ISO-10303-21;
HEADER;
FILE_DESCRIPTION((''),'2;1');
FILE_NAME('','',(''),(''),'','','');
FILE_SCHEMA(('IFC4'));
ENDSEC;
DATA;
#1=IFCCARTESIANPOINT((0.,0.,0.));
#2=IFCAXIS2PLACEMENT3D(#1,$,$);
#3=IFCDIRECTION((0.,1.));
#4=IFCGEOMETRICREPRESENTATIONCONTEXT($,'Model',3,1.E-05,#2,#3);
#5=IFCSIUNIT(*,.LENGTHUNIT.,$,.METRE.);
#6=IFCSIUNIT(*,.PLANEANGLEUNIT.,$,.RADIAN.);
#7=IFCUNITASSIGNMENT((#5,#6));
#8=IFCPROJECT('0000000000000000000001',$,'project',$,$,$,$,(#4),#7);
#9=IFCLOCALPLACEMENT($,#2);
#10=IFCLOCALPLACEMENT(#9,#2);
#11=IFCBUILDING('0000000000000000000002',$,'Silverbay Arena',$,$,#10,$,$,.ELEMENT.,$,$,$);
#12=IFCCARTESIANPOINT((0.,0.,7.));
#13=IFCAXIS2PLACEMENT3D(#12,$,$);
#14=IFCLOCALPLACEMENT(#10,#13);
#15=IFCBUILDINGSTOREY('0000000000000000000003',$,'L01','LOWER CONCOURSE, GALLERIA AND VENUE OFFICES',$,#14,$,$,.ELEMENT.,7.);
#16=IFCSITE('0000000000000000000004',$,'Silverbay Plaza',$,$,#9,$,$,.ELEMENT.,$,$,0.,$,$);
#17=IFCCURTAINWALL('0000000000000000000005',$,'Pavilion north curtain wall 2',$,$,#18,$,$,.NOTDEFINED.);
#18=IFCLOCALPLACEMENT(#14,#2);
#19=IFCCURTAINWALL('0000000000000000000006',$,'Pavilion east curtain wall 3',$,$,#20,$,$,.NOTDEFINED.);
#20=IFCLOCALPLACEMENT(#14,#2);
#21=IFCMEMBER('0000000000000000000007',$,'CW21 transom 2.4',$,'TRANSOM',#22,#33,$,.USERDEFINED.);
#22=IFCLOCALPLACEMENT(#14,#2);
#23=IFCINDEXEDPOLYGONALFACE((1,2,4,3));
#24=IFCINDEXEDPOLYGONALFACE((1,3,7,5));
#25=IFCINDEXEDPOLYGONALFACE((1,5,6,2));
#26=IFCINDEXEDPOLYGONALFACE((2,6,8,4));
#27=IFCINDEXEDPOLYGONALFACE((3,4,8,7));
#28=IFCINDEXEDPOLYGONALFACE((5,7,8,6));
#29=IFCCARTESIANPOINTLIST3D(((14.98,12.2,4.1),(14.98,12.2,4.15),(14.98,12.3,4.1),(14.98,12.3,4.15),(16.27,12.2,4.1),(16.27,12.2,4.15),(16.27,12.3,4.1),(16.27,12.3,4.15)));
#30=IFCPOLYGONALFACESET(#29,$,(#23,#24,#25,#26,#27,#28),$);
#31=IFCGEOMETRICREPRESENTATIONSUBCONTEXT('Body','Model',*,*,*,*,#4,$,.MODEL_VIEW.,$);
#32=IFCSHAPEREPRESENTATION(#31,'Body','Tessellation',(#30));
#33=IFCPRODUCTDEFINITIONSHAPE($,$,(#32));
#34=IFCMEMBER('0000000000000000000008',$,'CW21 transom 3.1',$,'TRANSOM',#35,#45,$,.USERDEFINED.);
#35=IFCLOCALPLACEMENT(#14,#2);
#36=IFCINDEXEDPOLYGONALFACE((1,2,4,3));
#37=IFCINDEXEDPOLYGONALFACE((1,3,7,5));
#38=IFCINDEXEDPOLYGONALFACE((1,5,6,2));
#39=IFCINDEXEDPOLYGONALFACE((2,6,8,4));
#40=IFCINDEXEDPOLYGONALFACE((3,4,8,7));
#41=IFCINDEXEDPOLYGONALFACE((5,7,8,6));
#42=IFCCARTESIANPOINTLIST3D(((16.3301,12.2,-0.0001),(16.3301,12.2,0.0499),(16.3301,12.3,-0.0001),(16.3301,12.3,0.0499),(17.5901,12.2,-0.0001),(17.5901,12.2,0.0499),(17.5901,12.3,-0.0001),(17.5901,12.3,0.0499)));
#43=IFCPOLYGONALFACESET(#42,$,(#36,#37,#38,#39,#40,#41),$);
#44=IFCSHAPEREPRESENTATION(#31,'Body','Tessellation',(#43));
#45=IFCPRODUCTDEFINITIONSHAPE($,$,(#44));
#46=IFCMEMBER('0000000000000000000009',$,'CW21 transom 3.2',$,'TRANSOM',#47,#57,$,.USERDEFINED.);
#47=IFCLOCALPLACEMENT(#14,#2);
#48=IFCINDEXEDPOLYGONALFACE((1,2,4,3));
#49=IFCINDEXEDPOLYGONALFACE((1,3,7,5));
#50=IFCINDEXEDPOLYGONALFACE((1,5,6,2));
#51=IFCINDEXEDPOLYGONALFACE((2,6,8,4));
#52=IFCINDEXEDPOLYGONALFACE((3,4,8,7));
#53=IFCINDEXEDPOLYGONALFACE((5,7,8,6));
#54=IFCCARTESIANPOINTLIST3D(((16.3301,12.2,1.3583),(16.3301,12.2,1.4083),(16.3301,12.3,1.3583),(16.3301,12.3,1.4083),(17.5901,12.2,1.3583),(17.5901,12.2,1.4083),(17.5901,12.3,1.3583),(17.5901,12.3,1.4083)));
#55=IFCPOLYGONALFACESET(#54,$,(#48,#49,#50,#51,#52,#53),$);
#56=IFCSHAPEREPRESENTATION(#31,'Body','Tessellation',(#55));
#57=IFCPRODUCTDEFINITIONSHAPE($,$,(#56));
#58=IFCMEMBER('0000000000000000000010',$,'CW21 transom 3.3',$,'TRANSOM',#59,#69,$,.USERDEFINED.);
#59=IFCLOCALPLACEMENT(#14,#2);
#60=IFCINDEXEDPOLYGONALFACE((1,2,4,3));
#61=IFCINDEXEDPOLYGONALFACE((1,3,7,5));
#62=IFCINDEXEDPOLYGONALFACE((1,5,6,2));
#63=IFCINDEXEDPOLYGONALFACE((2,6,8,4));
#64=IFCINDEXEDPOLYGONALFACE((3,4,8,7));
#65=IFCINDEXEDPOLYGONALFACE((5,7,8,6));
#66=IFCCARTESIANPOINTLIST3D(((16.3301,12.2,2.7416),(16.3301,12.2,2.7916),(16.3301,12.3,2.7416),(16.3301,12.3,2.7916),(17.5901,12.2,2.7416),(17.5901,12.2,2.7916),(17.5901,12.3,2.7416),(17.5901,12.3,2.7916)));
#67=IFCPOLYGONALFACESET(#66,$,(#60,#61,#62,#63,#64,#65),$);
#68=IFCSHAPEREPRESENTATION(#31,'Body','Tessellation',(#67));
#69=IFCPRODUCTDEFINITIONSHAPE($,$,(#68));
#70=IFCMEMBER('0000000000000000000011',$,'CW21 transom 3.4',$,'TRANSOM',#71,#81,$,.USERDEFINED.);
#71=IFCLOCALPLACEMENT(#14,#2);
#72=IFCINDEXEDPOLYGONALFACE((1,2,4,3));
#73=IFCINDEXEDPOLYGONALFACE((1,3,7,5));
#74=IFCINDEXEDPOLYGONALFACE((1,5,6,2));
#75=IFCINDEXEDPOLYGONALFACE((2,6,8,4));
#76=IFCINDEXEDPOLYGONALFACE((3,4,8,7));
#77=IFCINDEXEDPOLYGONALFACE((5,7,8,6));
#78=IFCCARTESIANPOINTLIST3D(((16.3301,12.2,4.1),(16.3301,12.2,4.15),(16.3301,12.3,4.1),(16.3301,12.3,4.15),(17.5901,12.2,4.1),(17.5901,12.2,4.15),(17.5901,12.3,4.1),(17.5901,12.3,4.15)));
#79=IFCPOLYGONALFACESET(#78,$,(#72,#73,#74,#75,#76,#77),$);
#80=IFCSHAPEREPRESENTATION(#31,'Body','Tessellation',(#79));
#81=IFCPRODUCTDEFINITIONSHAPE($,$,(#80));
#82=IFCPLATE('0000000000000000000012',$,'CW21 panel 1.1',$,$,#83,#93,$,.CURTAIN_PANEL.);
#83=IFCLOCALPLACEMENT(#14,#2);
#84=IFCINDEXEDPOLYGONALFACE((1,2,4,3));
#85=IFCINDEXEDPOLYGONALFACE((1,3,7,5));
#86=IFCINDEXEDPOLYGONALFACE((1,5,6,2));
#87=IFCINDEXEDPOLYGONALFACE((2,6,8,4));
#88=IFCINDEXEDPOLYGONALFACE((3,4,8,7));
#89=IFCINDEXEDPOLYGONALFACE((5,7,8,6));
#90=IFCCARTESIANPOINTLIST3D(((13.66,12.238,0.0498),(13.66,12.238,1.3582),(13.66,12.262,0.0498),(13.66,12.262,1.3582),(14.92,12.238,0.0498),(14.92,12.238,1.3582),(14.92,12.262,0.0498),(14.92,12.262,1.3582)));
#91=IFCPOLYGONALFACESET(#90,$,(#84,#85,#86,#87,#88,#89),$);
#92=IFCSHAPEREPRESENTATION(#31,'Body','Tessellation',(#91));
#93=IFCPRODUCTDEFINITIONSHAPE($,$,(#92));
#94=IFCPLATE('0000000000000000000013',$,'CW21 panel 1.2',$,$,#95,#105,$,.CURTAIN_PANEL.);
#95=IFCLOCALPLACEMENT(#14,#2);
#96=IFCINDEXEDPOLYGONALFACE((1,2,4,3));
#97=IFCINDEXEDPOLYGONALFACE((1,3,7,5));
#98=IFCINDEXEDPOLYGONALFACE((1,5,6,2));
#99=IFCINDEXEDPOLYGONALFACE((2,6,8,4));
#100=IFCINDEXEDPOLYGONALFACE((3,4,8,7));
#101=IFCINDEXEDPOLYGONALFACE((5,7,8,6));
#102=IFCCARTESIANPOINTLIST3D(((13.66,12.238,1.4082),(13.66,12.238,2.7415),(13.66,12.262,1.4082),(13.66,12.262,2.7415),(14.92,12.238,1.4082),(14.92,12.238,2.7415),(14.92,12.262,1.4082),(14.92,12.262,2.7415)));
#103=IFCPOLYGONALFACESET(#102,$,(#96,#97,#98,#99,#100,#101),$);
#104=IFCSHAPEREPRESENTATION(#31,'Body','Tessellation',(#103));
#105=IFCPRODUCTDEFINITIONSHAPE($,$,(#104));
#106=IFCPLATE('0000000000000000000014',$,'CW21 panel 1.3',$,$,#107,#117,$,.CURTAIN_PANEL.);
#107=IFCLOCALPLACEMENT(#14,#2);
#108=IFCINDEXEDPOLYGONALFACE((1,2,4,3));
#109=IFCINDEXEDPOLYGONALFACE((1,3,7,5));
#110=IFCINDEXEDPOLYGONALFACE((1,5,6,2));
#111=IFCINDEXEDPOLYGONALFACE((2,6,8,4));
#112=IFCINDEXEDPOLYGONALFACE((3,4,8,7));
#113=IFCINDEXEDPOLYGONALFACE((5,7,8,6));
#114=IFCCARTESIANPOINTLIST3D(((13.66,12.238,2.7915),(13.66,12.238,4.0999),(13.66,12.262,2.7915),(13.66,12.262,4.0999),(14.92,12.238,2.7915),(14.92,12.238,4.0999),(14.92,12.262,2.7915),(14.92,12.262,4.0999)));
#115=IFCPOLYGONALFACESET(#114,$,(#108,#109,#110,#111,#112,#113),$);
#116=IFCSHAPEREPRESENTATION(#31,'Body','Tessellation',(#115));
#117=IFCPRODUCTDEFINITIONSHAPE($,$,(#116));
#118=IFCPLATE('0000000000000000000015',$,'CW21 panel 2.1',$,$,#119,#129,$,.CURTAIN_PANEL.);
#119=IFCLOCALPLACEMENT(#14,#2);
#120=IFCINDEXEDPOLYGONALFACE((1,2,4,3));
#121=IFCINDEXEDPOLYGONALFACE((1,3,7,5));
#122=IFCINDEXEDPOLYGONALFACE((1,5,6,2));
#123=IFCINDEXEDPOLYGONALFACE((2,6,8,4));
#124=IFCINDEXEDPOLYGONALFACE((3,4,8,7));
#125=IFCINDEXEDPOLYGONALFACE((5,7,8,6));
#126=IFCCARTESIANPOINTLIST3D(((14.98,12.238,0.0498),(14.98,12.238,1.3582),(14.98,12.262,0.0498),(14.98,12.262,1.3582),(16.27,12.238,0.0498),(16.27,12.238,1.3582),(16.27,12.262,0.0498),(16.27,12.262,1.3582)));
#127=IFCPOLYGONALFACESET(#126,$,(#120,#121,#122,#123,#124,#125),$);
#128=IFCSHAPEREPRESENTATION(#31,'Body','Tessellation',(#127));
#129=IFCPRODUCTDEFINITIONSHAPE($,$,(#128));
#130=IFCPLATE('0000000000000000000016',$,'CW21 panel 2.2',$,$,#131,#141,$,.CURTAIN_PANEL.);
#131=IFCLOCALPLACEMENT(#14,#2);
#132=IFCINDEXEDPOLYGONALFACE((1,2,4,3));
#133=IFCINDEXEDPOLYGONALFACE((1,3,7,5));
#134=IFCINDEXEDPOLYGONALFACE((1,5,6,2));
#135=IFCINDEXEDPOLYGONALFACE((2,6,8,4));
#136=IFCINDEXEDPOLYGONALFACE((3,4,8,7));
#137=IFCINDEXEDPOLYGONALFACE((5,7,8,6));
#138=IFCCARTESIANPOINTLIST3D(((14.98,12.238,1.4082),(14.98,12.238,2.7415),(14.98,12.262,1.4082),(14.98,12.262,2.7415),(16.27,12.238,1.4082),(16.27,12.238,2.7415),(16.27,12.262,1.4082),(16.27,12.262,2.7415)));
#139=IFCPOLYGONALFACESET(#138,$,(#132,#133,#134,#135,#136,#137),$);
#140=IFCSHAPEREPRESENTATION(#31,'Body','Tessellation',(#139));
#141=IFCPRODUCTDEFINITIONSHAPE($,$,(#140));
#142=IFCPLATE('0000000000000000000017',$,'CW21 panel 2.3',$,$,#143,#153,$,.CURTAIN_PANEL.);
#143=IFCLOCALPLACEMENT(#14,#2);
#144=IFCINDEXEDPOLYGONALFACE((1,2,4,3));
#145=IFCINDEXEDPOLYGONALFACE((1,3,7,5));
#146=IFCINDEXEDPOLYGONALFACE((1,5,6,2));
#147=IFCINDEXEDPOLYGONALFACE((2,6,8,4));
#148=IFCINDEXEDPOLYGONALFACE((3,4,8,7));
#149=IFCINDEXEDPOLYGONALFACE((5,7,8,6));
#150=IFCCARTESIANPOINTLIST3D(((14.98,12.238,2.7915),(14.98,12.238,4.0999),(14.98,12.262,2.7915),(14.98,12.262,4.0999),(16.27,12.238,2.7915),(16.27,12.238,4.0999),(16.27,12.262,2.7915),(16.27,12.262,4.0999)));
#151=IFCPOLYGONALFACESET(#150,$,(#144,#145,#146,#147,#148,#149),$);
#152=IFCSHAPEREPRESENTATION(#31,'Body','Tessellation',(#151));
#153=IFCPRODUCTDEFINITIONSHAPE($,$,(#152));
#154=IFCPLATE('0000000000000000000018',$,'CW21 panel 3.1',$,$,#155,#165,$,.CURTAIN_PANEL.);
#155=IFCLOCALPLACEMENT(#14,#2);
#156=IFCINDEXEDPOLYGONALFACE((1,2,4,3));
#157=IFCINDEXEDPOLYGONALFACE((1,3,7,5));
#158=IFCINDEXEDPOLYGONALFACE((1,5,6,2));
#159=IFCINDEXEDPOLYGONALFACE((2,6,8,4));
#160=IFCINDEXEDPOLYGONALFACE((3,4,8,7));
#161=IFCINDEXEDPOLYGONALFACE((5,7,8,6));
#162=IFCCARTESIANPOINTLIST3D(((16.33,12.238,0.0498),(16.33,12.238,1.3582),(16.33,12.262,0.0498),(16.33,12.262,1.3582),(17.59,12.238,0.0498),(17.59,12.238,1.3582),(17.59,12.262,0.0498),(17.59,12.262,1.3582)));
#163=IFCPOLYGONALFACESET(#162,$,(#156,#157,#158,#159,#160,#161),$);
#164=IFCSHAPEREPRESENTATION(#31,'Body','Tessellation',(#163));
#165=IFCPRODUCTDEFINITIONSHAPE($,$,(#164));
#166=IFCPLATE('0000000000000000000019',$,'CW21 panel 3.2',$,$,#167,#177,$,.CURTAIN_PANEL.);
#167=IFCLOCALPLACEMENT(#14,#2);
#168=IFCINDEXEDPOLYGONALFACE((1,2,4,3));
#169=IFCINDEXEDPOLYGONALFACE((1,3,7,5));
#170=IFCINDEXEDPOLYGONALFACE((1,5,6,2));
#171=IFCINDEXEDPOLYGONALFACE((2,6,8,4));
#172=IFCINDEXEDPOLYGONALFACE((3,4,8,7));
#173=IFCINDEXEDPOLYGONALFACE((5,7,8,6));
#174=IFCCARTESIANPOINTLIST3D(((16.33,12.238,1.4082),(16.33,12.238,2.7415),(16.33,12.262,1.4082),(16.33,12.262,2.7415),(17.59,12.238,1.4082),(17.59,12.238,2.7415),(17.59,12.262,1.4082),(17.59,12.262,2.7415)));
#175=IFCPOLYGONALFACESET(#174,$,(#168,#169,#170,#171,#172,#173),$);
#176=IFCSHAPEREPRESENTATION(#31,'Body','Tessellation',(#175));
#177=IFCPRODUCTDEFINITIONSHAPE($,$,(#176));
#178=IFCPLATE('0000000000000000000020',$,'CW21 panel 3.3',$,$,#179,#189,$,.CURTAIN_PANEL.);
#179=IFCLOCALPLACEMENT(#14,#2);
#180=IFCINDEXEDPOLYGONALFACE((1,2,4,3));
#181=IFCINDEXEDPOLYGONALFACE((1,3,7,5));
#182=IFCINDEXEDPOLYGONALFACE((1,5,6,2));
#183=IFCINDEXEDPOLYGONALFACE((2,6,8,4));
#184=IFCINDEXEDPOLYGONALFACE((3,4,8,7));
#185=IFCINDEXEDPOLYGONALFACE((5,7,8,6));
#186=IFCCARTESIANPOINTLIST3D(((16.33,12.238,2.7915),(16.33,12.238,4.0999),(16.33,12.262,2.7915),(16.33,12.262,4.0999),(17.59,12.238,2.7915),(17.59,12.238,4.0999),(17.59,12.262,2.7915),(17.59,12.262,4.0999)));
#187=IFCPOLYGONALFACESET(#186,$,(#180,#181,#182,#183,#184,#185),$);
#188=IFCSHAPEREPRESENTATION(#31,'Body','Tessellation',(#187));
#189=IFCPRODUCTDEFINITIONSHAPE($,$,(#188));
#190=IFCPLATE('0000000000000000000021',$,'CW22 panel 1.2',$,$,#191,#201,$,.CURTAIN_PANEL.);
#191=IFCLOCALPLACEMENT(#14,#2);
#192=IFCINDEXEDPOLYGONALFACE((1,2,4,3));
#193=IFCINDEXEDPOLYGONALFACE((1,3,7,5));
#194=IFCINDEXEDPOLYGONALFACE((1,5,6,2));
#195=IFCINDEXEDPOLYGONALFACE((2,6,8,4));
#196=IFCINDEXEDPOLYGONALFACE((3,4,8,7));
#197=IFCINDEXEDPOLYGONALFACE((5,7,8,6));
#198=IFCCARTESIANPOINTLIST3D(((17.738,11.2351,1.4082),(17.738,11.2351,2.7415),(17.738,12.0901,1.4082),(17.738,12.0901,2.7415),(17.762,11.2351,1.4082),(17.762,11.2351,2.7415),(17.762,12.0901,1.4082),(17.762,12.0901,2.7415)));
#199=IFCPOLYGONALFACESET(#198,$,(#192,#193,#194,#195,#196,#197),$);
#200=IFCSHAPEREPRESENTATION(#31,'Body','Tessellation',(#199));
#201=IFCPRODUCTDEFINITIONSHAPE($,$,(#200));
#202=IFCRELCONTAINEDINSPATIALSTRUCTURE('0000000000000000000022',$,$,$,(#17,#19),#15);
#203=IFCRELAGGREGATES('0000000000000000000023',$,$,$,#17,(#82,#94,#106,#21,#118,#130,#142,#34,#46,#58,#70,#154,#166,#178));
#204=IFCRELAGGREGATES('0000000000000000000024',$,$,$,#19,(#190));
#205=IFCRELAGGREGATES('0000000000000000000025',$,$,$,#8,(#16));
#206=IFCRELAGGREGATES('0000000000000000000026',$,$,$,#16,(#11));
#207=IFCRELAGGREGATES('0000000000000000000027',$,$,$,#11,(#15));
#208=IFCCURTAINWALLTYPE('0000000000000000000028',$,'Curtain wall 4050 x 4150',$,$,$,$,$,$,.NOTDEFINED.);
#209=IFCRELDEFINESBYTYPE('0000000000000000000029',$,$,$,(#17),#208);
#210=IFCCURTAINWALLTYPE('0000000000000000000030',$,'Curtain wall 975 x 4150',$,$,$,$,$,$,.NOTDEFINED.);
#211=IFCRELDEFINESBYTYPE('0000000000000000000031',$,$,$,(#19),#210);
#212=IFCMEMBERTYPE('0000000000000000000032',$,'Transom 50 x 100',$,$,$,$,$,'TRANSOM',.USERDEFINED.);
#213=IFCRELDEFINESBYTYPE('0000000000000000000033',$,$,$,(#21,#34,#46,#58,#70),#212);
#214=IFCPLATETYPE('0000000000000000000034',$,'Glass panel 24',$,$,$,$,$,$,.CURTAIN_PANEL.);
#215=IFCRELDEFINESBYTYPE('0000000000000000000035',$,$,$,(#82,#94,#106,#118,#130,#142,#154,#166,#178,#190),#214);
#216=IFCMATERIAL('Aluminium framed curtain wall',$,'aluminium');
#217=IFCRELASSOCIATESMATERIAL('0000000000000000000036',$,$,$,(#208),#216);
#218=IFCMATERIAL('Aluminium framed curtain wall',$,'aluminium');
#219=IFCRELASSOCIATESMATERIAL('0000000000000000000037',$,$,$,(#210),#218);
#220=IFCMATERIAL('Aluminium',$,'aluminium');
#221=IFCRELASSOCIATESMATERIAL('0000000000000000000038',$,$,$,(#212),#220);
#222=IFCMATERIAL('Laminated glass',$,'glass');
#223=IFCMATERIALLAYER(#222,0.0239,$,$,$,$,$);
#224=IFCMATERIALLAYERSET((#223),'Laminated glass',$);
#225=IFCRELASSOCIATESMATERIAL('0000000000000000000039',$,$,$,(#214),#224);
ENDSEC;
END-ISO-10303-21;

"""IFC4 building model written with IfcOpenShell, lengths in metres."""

from ifc_helpers import new_model, si_unit, direction, frame, origin, origin_2d, place, context, subcontext, project, spatial, rectangle, extrude, material, layer, layer_set, material_profile, profile_set, type_object, element, aggregate, save


model = new_model("IFC4")

# Units and contexts
model_context = context("Model", 3, precision=1e-05, world=origin(), true_north=direction((0.0, 1.0)))
body_context = subcontext(model_context, "Body", "Model", "MODEL_VIEW")
ifc_project = project(units=[si_unit("LENGTHUNIT", "METRE"), si_unit("PLANEANGLEUNIT", "RADIAN")], contexts=[model_context])

# Site, building, storey
site_placement = place(None, origin())
site = spatial("IfcSite", under=ifc_project, at=site_placement, Name="Silverbay Plaza", CompositionType="ELEMENT", RefElevation=0.0)
building_placement = place(site_placement, origin())
building = spatial("IfcBuilding", under=site, at=building_placement, Name="Silverbay Arena", CompositionType="ELEMENT")
storey_placement = place(building_placement, frame((0.0, 0.0, 7.0)))
storey = spatial("IfcBuildingStorey", under=building, at=storey_placement, Name="L01", Description="LOWER CONCOURSE, GALLERIA AND VENUE OFFICES", CompositionType="ELEMENT", Elevation=7.0)

# Curtain wall
ifc_material_1 = material(Name="Aluminium framed curtain wall", Category="aluminium")
curtain_wall_type_1 = type_object("IfcCurtainWallType", Name="Curtain wall 4050 x 4150", PredefinedType="NOTDEFINED", material=ifc_material_1)
curtain_wall_1_placement = place(storey_placement, origin())
curtain_wall_1 = element("IfcCurtainWall", 1, at=curtain_wall_1_placement, inside=storey, type_object=curtain_wall_type_1, Name="Pavilion north curtain wall 2", PredefinedType="NOTDEFINED")

# Curtain wall
ifc_material_2 = material(Name="Aluminium framed curtain wall", Category="aluminium")
curtain_wall_type_2 = type_object("IfcCurtainWallType", Name="Curtain wall 975 x 4150", PredefinedType="NOTDEFINED", material=ifc_material_2)
curtain_wall_2_placement = place(storey_placement, origin())
curtain_wall_2 = element("IfcCurtainWall", 2, at=curtain_wall_2_placement, inside=storey, type_object=curtain_wall_type_2, Name="Pavilion east curtain wall 3", PredefinedType="NOTDEFINED")

# Members
ifc_material_3 = material(Name="Aluminium", Category="aluminium")
ifc_material_profile_1 = material_profile(ifc_material_3, rectangle(XDim=0.1001, YDim=0.05, at=origin_2d()), Name="Transom 50 x 100")
ifc_profile_set_1 = profile_set([ifc_material_profile_1], Name="Aluminium")
member_type_1 = type_object("IfcMemberType", Name="Transom 50 x 100", ElementType="TRANSOM", PredefinedType="USERDEFINED", material=ifc_profile_set_1)
member_1_placement = place(storey_placement, frame((14.98, 12.25, 4.125), z_axis=(1.0, 0.0, 0.0), x_axis=(0.0, 1.0, 0.0)))
member_1 = element("IfcMember", 3, at=member_1_placement, type_object=member_type_1, Name="CW21 transom 2.4", ObjectType="TRANSOM", PredefinedType="USERDEFINED", context=body_context, shape_type="SweptSolid", body=[
    extrude(rectangle(XDim=0.1001, YDim=0.05, at=origin_2d()), origin(), (0.0, 0.0, 1.0), 1.29),
])
member_2_placement = place(storey_placement, frame((16.3301, 12.25, 0.0249), z_axis=(1.0, 0.0, 0.0), x_axis=(0.0, 1.0, 0.0)))
member_2 = element("IfcMember", 4, at=member_2_placement, type_object=member_type_1, Name="CW21 transom 3.1", ObjectType="TRANSOM", PredefinedType="USERDEFINED", context=body_context, shape_type="SweptSolid", body=[
    extrude(rectangle(XDim=0.1001, YDim=0.05, at=origin_2d()), origin(), (0.0, 0.0, 1.0), 1.26),
])
member_3_placement = place(storey_placement, frame((16.3301, 12.25, 1.3833), z_axis=(1.0, 0.0, 0.0), x_axis=(0.0, 1.0, 0.0)))
member_3 = element("IfcMember", 5, at=member_3_placement, type_object=member_type_1, Name="CW21 transom 3.2", ObjectType="TRANSOM", PredefinedType="USERDEFINED", context=body_context, shape_type="SweptSolid", body=[
    extrude(rectangle(XDim=0.1001, YDim=0.05, at=origin_2d()), origin(), (0.0, 0.0, 1.0), 1.26),
])
member_4_placement = place(storey_placement, frame((16.3301, 12.25, 2.7666), z_axis=(1.0, 0.0, 0.0), x_axis=(0.0, 1.0, 0.0)))
member_4 = element("IfcMember", 6, at=member_4_placement, type_object=member_type_1, Name="CW21 transom 3.3", ObjectType="TRANSOM", PredefinedType="USERDEFINED", context=body_context, shape_type="SweptSolid", body=[
    extrude(rectangle(XDim=0.1001, YDim=0.05, at=origin_2d()), origin(), (0.0, 0.0, 1.0), 1.26),
])
member_5_placement = place(storey_placement, frame((16.3301, 12.25, 4.125), z_axis=(1.0, 0.0, 0.0), x_axis=(0.0, 1.0, 0.0)))
member_5 = element("IfcMember", 7, at=member_5_placement, type_object=member_type_1, Name="CW21 transom 3.4", ObjectType="TRANSOM", PredefinedType="USERDEFINED", context=body_context, shape_type="SweptSolid", body=[
    extrude(rectangle(XDim=0.1001, YDim=0.05, at=origin_2d()), origin(), (0.0, 0.0, 1.0), 1.26),
])

# Plates
ifc_material_4 = material(Name="Laminated glass", Category="glass")
ifc_layer = layer(ifc_material_4, 0.0239)
ifc_layer_set = layer_set([ifc_layer], Name="Laminated glass")
plate_type = type_object("IfcPlateType", Name="Glass panel 24", PredefinedType="CURTAIN_PANEL", material=ifc_layer_set)
plate_1_placement = place(storey_placement, frame((14.29, 12.25, 0.0498), z_axis=(0.0, 0.0, 1.0), x_axis=(1.0, 0.0, 0.0)))
plate_1 = element("IfcPlate", 8, at=plate_1_placement, type_object=plate_type, Name="CW21 panel 1.1", PredefinedType="CURTAIN_PANEL", context=body_context, shape_type="SweptSolid", body=[
    extrude(rectangle(XDim=1.26, YDim=0.0239, at=origin_2d()), origin(), (0.0, 0.0, 1.0), 1.3083),
])
plate_2_placement = place(storey_placement, frame((14.29, 12.25, 1.4082), z_axis=(0.0, 0.0, 1.0), x_axis=(1.0, 0.0, 0.0)))
plate_2 = element("IfcPlate", 9, at=plate_2_placement, type_object=plate_type, Name="CW21 panel 1.2", PredefinedType="CURTAIN_PANEL", context=body_context, shape_type="SweptSolid", body=[
    extrude(rectangle(XDim=1.26, YDim=0.0239, at=origin_2d()), origin(), (0.0, 0.0, 1.0), 1.3333),
])
plate_3_placement = place(storey_placement, frame((14.29, 12.25, 2.7915), z_axis=(0.0, 0.0, 1.0), x_axis=(1.0, 0.0, 0.0)))
plate_3 = element("IfcPlate", 10, at=plate_3_placement, type_object=plate_type, Name="CW21 panel 1.3", PredefinedType="CURTAIN_PANEL", context=body_context, shape_type="SweptSolid", body=[
    extrude(rectangle(XDim=1.26, YDim=0.0239, at=origin_2d()), origin(), (0.0, 0.0, 1.0), 1.3083),
])
plate_4_placement = place(storey_placement, frame((15.625, 12.25, 0.0498), z_axis=(0.0, 0.0, 1.0), x_axis=(1.0, 0.0, 0.0)))
plate_4 = element("IfcPlate", 11, at=plate_4_placement, type_object=plate_type, Name="CW21 panel 2.1", PredefinedType="CURTAIN_PANEL", context=body_context, shape_type="SweptSolid", body=[
    extrude(rectangle(XDim=1.29, YDim=0.0239, at=origin_2d()), origin(), (0.0, 0.0, 1.0), 1.3083),
])
plate_5_placement = place(storey_placement, frame((15.625, 12.25, 1.4082), z_axis=(0.0, 0.0, 1.0), x_axis=(1.0, 0.0, 0.0)))
plate_5 = element("IfcPlate", 12, at=plate_5_placement, type_object=plate_type, Name="CW21 panel 2.2", PredefinedType="CURTAIN_PANEL", context=body_context, shape_type="SweptSolid", body=[
    extrude(rectangle(XDim=1.29, YDim=0.0239, at=origin_2d()), origin(), (0.0, 0.0, 1.0), 1.3333),
])
plate_6_placement = place(storey_placement, frame((15.625, 12.25, 2.7915), z_axis=(0.0, 0.0, 1.0), x_axis=(1.0, 0.0, 0.0)))
plate_6 = element("IfcPlate", 13, at=plate_6_placement, type_object=plate_type, Name="CW21 panel 2.3", PredefinedType="CURTAIN_PANEL", context=body_context, shape_type="SweptSolid", body=[
    extrude(rectangle(XDim=1.29, YDim=0.0239, at=origin_2d()), origin(), (0.0, 0.0, 1.0), 1.3083),
])
plate_7_placement = place(storey_placement, frame((16.96, 12.25, 0.0498), z_axis=(0.0, 0.0, 1.0), x_axis=(1.0, 0.0, 0.0)))
plate_7 = element("IfcPlate", 14, at=plate_7_placement, type_object=plate_type, Name="CW21 panel 3.1", PredefinedType="CURTAIN_PANEL", context=body_context, shape_type="SweptSolid", body=[
    extrude(rectangle(XDim=1.26, YDim=0.0239, at=origin_2d()), origin(), (0.0, 0.0, 1.0), 1.3083),
])
plate_8_placement = place(storey_placement, frame((16.96, 12.25, 1.4082), z_axis=(0.0, 0.0, 1.0), x_axis=(1.0, 0.0, 0.0)))
plate_8 = element("IfcPlate", 15, at=plate_8_placement, type_object=plate_type, Name="CW21 panel 3.2", PredefinedType="CURTAIN_PANEL", context=body_context, shape_type="SweptSolid", body=[
    extrude(rectangle(XDim=1.26, YDim=0.0239, at=origin_2d()), origin(), (0.0, 0.0, 1.0), 1.3333),
])
plate_9_placement = place(storey_placement, frame((16.96, 12.25, 2.7915), z_axis=(0.0, 0.0, 1.0), x_axis=(1.0, 0.0, 0.0)))
plate_9 = element("IfcPlate", 16, at=plate_9_placement, type_object=plate_type, Name="CW21 panel 3.3", PredefinedType="CURTAIN_PANEL", context=body_context, shape_type="SweptSolid", body=[
    extrude(rectangle(XDim=1.26, YDim=0.0239, at=origin_2d()), origin(), (0.0, 0.0, 1.0), 1.3083),
])
aggregate(curtain_wall_1, [plate_1, plate_2, plate_3, member_1, plate_4, plate_5, plate_6, member_2, member_3, member_4, member_5, plate_7, plate_8, plate_9])
plate_10_placement = place(storey_placement, frame((17.75, 11.6626, 1.4082), z_axis=(0.0, 0.0, 1.0), x_axis=(0.0, 1.0, 0.0)))
plate_10 = element("IfcPlate", 17, at=plate_10_placement, type_object=plate_type, Name="CW22 panel 1.2", PredefinedType="CURTAIN_PANEL", context=body_context, shape_type="SweptSolid", body=[
    extrude(rectangle(XDim=0.855, YDim=0.0239, at=origin_2d()), origin(), (0.0, 0.0, 1.0), 1.3333),
])
aggregate(curtain_wall_2, [plate_10])

save(model, "model.ifc")
